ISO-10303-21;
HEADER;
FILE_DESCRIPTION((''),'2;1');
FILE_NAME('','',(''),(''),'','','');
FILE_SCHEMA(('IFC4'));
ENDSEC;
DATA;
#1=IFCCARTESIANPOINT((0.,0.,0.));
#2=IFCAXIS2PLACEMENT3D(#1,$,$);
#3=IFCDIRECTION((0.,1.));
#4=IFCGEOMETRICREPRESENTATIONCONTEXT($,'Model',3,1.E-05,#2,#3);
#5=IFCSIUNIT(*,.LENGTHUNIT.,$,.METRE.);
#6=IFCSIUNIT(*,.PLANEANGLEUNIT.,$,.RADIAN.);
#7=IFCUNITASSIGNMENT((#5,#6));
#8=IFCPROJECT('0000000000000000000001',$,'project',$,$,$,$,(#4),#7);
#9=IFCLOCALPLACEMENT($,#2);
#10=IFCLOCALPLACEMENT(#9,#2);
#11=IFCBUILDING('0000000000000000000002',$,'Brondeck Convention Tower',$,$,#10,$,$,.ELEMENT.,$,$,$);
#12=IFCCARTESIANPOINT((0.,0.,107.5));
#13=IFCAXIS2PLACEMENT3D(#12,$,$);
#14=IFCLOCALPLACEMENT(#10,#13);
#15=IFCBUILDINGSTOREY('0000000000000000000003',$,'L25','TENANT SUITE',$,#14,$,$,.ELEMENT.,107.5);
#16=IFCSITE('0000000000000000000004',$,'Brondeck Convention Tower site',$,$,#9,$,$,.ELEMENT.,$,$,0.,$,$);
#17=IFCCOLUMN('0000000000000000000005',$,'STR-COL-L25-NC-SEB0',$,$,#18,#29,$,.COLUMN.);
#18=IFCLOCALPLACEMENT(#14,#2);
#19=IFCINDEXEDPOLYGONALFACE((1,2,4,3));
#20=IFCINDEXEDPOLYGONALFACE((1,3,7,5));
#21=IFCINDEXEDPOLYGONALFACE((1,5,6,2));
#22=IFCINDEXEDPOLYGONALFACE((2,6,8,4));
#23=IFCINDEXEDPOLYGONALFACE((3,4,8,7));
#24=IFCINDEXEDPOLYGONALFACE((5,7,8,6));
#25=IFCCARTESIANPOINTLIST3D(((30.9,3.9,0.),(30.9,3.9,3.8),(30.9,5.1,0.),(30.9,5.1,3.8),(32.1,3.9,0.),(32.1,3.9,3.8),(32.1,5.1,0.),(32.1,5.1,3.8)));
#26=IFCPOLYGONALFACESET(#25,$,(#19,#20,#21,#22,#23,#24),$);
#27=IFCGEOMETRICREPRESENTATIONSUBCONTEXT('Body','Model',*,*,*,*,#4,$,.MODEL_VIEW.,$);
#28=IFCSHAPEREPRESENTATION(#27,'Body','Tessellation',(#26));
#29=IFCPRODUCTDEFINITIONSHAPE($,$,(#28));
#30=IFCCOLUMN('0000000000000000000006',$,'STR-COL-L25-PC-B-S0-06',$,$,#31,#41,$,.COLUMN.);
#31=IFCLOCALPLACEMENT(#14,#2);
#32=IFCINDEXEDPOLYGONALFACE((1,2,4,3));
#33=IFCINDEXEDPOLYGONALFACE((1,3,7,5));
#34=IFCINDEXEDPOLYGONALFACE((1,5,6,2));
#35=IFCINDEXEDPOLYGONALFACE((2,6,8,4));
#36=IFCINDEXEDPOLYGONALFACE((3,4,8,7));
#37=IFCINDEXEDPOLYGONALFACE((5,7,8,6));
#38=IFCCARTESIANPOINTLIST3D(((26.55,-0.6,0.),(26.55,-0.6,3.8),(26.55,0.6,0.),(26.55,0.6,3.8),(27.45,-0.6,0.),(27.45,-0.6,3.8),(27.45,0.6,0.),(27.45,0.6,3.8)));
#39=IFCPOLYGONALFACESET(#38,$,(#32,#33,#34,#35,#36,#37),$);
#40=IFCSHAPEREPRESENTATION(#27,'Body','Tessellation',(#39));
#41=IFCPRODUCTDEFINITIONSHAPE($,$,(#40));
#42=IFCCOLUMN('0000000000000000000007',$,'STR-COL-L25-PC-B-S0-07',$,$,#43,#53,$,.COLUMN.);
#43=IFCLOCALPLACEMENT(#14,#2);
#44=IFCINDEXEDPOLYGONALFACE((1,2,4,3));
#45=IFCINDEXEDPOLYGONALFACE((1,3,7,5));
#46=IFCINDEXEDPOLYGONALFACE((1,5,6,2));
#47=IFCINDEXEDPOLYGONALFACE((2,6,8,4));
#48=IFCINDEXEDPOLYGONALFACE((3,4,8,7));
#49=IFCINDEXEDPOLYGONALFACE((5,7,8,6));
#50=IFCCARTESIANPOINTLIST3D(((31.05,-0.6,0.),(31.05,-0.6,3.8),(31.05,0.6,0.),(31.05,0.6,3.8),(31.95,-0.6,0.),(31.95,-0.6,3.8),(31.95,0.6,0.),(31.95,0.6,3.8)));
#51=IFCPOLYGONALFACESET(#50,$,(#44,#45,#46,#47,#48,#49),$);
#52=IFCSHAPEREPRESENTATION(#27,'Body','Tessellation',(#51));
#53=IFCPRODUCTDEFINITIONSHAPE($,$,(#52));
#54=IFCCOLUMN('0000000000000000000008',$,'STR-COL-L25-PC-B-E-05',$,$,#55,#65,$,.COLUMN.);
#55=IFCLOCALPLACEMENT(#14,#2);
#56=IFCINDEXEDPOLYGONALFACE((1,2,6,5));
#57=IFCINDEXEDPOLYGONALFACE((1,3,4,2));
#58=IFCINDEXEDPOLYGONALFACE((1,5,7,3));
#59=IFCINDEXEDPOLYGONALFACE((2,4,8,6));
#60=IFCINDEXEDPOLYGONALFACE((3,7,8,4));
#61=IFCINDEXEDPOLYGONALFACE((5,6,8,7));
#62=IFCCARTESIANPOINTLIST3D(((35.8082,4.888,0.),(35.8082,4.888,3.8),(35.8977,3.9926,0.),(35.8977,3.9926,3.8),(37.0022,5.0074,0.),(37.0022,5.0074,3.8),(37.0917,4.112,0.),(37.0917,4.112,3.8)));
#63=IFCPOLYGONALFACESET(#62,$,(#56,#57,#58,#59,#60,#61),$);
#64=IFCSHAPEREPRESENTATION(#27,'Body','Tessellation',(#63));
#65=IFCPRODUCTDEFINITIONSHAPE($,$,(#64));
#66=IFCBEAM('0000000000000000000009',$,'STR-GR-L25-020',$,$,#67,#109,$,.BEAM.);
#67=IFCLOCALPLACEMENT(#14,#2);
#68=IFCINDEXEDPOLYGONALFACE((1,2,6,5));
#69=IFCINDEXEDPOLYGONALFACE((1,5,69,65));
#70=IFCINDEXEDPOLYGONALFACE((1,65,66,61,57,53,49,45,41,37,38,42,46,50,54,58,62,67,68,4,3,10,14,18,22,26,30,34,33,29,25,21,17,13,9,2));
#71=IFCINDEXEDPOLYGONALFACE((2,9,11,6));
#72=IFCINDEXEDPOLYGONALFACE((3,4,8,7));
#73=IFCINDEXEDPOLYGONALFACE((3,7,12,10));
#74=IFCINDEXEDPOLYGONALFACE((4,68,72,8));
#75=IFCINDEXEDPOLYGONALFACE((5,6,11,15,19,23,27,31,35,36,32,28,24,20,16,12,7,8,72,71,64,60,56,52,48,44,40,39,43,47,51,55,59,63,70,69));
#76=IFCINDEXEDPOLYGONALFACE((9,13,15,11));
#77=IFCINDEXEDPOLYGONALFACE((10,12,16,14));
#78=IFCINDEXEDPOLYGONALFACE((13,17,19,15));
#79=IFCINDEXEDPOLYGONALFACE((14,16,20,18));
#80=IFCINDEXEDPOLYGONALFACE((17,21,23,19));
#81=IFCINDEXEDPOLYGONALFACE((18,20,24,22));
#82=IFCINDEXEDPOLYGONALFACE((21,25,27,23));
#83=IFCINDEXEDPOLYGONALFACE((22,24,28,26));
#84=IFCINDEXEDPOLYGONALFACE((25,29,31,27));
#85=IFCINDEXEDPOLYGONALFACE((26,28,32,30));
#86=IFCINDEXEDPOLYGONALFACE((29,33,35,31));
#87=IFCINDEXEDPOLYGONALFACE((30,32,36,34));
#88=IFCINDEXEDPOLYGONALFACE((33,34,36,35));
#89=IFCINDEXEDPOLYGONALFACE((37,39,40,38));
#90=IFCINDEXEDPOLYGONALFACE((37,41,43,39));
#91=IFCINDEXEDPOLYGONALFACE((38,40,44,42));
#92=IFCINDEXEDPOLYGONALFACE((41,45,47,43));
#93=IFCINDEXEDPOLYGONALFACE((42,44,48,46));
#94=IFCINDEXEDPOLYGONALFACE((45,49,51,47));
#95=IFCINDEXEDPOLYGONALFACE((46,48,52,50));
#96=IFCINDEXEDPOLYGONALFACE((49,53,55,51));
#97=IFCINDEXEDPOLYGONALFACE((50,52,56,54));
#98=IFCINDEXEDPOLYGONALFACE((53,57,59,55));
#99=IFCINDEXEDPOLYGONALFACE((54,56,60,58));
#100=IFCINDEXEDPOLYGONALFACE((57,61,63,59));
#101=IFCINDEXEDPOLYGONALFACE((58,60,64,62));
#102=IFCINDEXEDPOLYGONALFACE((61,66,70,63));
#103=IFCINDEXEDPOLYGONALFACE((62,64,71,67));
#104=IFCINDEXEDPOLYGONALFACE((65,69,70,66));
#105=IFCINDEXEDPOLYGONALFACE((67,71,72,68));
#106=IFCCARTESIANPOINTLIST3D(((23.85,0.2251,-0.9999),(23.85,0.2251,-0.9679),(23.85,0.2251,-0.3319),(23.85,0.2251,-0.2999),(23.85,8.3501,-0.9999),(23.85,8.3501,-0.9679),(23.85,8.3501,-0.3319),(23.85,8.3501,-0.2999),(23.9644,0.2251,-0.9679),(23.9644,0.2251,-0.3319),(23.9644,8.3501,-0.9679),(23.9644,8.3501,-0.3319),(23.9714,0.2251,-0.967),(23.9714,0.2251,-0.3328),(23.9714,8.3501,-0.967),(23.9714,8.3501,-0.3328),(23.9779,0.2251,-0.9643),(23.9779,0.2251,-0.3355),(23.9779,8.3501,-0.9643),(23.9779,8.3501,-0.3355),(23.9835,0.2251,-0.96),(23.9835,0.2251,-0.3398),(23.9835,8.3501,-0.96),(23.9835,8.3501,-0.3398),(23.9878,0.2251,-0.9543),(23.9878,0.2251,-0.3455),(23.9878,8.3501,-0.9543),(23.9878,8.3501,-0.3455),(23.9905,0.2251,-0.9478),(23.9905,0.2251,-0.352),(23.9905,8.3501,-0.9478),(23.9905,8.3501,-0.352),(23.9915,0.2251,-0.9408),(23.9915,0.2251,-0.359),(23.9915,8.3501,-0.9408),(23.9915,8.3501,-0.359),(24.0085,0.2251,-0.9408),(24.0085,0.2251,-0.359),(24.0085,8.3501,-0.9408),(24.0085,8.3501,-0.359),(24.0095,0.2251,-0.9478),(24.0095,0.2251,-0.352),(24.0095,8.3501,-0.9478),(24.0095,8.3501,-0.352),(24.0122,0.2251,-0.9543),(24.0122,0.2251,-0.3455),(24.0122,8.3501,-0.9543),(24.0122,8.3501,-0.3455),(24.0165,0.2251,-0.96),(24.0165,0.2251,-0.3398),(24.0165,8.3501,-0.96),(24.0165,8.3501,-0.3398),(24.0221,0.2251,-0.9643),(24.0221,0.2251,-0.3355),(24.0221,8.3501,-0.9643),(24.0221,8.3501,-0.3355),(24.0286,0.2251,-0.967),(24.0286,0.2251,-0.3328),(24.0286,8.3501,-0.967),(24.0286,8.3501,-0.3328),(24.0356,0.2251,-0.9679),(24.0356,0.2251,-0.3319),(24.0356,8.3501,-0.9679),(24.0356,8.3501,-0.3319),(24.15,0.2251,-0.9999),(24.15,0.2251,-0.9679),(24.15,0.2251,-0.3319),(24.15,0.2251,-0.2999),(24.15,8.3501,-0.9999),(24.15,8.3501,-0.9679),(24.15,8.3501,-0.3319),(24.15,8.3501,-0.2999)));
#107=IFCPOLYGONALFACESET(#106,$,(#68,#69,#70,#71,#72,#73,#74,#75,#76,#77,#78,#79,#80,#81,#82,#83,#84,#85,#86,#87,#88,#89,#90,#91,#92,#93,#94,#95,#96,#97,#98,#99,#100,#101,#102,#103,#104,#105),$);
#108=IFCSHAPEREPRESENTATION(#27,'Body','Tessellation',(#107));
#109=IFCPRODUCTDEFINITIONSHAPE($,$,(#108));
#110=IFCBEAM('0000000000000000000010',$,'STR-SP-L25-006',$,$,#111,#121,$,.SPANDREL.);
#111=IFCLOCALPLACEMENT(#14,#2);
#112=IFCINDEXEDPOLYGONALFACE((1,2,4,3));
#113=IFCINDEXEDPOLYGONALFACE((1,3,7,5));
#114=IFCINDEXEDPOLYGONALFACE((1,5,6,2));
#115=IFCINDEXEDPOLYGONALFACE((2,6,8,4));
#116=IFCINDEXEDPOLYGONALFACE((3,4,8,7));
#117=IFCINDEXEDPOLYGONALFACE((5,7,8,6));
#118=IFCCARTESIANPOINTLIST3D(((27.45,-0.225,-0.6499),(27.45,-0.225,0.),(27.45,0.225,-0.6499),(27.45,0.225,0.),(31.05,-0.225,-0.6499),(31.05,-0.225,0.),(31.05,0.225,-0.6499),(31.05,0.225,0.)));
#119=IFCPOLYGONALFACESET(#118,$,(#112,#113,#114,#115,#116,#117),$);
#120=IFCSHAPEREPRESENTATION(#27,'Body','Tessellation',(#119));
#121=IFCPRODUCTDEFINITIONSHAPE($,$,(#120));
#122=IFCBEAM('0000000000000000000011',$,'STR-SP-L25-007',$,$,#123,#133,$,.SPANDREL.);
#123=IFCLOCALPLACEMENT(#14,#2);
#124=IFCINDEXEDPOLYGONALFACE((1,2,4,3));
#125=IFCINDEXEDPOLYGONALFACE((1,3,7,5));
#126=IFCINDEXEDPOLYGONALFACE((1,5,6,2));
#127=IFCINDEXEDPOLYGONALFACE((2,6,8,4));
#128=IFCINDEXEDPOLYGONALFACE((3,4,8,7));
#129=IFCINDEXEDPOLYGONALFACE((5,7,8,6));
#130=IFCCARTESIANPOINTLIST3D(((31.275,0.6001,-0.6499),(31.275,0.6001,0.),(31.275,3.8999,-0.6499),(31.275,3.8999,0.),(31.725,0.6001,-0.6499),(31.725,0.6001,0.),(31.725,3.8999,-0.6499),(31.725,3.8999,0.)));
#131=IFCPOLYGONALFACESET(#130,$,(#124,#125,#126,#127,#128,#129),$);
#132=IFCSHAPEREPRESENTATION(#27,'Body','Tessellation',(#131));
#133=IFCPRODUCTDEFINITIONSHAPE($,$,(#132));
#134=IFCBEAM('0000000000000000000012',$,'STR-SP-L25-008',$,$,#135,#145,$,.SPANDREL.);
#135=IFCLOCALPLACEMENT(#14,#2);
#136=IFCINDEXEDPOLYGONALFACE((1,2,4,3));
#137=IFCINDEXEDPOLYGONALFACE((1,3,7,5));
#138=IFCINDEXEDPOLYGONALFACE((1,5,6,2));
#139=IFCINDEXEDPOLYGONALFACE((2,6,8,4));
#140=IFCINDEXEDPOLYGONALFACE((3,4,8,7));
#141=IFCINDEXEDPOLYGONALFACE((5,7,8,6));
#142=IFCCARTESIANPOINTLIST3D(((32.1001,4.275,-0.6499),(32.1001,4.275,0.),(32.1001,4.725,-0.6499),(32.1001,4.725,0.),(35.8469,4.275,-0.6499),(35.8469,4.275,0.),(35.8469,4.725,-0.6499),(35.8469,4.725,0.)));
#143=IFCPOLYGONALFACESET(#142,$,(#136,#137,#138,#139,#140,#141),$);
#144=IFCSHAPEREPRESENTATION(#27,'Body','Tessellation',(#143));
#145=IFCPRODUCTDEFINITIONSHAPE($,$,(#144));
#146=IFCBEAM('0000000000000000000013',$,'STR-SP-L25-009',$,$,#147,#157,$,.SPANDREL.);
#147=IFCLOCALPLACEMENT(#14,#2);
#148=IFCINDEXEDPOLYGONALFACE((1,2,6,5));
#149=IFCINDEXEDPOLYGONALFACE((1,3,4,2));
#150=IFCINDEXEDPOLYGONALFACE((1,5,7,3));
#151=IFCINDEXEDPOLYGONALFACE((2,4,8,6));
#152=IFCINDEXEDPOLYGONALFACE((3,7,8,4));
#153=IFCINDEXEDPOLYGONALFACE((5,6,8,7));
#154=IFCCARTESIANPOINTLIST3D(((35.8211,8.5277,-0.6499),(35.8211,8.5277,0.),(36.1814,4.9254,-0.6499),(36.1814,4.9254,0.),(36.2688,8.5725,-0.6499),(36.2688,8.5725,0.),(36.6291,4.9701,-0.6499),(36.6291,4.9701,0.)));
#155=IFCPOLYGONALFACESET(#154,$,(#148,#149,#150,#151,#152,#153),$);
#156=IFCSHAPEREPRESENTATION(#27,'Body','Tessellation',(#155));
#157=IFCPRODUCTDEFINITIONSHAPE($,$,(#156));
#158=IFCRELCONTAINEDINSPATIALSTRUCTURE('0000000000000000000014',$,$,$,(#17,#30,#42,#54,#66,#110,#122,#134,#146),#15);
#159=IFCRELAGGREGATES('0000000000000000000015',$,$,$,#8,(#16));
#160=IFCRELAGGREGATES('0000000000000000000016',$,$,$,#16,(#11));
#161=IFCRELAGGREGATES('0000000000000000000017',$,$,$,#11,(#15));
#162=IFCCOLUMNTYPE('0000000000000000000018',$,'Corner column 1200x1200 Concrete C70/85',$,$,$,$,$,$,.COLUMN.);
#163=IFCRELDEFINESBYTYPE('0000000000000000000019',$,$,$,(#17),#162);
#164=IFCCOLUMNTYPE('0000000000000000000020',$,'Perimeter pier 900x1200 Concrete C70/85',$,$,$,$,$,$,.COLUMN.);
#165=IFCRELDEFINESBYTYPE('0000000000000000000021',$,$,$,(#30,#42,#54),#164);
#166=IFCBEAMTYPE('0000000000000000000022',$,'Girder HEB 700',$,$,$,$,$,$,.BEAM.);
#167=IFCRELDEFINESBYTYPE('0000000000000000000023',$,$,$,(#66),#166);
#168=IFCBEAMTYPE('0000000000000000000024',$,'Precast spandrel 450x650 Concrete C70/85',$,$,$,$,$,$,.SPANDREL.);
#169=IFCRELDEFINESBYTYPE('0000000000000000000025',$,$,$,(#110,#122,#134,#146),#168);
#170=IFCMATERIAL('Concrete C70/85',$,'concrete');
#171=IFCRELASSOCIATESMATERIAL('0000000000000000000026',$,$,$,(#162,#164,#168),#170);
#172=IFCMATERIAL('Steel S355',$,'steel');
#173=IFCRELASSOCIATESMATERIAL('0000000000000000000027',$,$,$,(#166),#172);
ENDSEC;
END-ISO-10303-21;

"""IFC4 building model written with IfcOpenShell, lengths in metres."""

from ifc_helpers import new_model, si_unit, direction, frame, origin, origin_2d, place, context, subcontext, project, spatial, rectangle, i_section, extrude, material, material_profile, profile_set, type_object, element, save


model = new_model("IFC4")

# Units and contexts
model_context = context("Model", 3, precision=1e-05, world=origin(), true_north=direction((0.0, 1.0)))
body_context = subcontext(model_context, "Body", "Model", "MODEL_VIEW")
ifc_project = project(units=[si_unit("LENGTHUNIT", "METRE"), si_unit("PLANEANGLEUNIT", "RADIAN")], contexts=[model_context])

# Site, building, storey
site_placement = place(None, origin())
site = spatial("IfcSite", under=ifc_project, at=site_placement, Name="Brondeck Convention Tower site", CompositionType="ELEMENT", RefElevation=0.0)
building_placement = place(site_placement, origin())
building = spatial("IfcBuilding", under=site, at=building_placement, Name="Brondeck Convention Tower", CompositionType="ELEMENT")
storey_placement = place(building_placement, frame((0.0, 0.0, 107.5)))
storey = spatial("IfcBuildingStorey", under=building, at=storey_placement, Name="L25", Description="TENANT SUITE", CompositionType="ELEMENT", Elevation=107.5)

# Columns
ifc_material_1 = material(Name="Concrete C70/85", Category="concrete")
ifc_material_profile_1 = material_profile(ifc_material_1, rectangle(XDim=1.2, YDim=1.2, at=origin_2d()), Name="Corner column 1200x1200 Concrete C70/85")
ifc_profile_set_1 = profile_set([ifc_material_profile_1], Name="Concrete C70/85")
column_type_1 = type_object("IfcColumnType", Name="Corner column 1200x1200 Concrete C70/85", PredefinedType="COLUMN", material=ifc_profile_set_1)
column_placement = place(storey_placement, frame((31.5, 4.5, 0.0), z_axis=(0.0, 0.0, 1.0), x_axis=(1.0, 0.0, 0.0)))
element("IfcColumn", 1, at=column_placement, inside=storey, type_object=column_type_1, Name="STR-COL-L25-NC-SEB0", PredefinedType="COLUMN", context=body_context, shape_type="SweptSolid", body=[
    extrude(rectangle(XDim=1.2, YDim=1.2, at=origin_2d()), origin(), (0.0, 0.0, 1.0), 3.8),
])
ifc_material_profile_2 = material_profile(ifc_material_1, rectangle(XDim=0.8999, YDim=1.2, at=origin_2d()), Name="Perimeter pier 900x1200 Concrete C70/85")
ifc_profile_set_2 = profile_set([ifc_material_profile_2], Name="Concrete C70/85")
column_type_2 = type_object("IfcColumnType", Name="Perimeter pier 900x1200 Concrete C70/85", PredefinedType="COLUMN", material=ifc_profile_set_2)
for number, where, z_axis, x_axis, name in (
    (2, (27.0, 0.0, 0.0), (0.0, 0.0, 1.0), (1.0, 0.0, 0.0), "STR-COL-L25-PC-B-S0-06"),
    (3, (31.5, 0.0, 0.0), (0.0, 0.0, 1.0), (1.0, 0.0, 0.0), "STR-COL-L25-PC-B-S0-07"),
    (4, (36.45, 4.5, 0.0), (0.0, 0.0, 1.0), (-0.099504, 0.995037, 0.0), "STR-COL-L25-PC-B-E-05"),
):
    element("IfcColumn", number, at=place(storey_placement, frame(where, z_axis=z_axis, x_axis=x_axis)), inside=storey, type_object=column_type_2, Name=name, PredefinedType="COLUMN", context=body_context, shape_type="SweptSolid", body=[
        extrude(rectangle(XDim=0.8999, YDim=1.2, at=origin_2d()), origin(), (0.0, 0.0, 1.0), 3.8),
    ])

# Beams
ifc_material_2 = material(Name="Steel S355", Category="steel")
ifc_material_profile_3 = material_profile(ifc_material_2, i_section(OverallWidth=0.3, OverallDepth=0.7, WebThickness=0.0171, FlangeThickness=0.032, FilletRadius=0.0271, at=origin_2d()), Name="HEB 700")
ifc_profile_set_3 = profile_set([ifc_material_profile_3], Name="Steel S355")
beam_type_1 = type_object("IfcBeamType", Name="Girder HEB 700", PredefinedType="BEAM", material=ifc_profile_set_3)
beam_1_placement = place(storey_placement, frame((24.0, 8.3501, -0.6499), z_axis=(0.0, -1.0, 0.0), x_axis=(1.0, 0.0, 0.0)))
element("IfcBeam", 5, at=beam_1_placement, inside=storey, type_object=beam_type_1, Name="STR-GR-L25-020", PredefinedType="BEAM", context=body_context, shape_type="SweptSolid", body=[
    extrude(i_section(OverallWidth=0.3, OverallDepth=0.7, WebThickness=0.0171, FlangeThickness=0.032, FilletRadius=0.0271, at=origin_2d()), origin(), (0.0, 0.0, 1.0), 8.125),
])
ifc_material_profile_4 = material_profile(ifc_material_1, rectangle(XDim=0.45, YDim=0.6499, at=origin_2d()), Name="Precast spandrel 450x650 Concrete C70/85")
ifc_profile_set_4 = profile_set([ifc_material_profile_4], Name="Concrete C70/85")
beam_type_2 = type_object("IfcBeamType", Name="Precast spandrel 450x650 Concrete C70/85", PredefinedType="SPANDREL", material=ifc_profile_set_4)
beam_2_placement = place(storey_placement, frame((27.45, 0.0, -0.325), z_axis=(1.0, 0.0, 0.0), x_axis=(0.0, 1.0, 0.0)))
element("IfcBeam", 6, at=beam_2_placement, inside=storey, type_object=beam_type_2, Name="STR-SP-L25-006", PredefinedType="SPANDREL", context=body_context, shape_type="SweptSolid", body=[
    extrude(rectangle(XDim=0.45, YDim=0.6499, at=origin_2d()), origin(), (0.0, 0.0, 1.0), 3.6001),
])
beam_3_placement = place(storey_placement, frame((31.5, 0.6001, -0.325), z_axis=(0.0, 1.0, 0.0), x_axis=(-1.0, 0.0, 0.0)))
element("IfcBeam", 7, at=beam_3_placement, inside=storey, type_object=beam_type_2, Name="STR-SP-L25-007", PredefinedType="SPANDREL", context=body_context, shape_type="SweptSolid", body=[
    extrude(rectangle(XDim=0.45, YDim=0.6499, at=origin_2d()), origin(), (0.0, 0.0, 1.0), 3.2998),
])
beam_4_placement = place(storey_placement, frame((32.1001, 4.5, -0.325), z_axis=(1.0, 0.0, 0.0), x_axis=(0.0, 1.0, 0.0)))
element("IfcBeam", 8, at=beam_4_placement, inside=storey, type_object=beam_type_2, Name="STR-SP-L25-008", PredefinedType="SPANDREL", context=body_context, shape_type="SweptSolid", body=[
    extrude(rectangle(XDim=0.45, YDim=0.6499, at=origin_2d()), origin(), (0.0, 0.0, 1.0), 3.7468),
])
beam_5_placement = place(storey_placement, frame((36.4053, 4.9478, -0.325), z_axis=(-0.099537, 0.995034, 0.0), x_axis=(-0.995034, -0.099537, 0.0)))
element("IfcBeam", 9, at=beam_5_placement, inside=storey, type_object=beam_type_2, Name="STR-SP-L25-009", PredefinedType="SPANDREL", context=body_context, shape_type="SweptSolid", body=[
    extrude(rectangle(XDim=0.45, YDim=0.6499, at=origin_2d()), origin(), (0.0, 0.0, 1.0), 3.6204),
])

save(model, "model.ifc")
